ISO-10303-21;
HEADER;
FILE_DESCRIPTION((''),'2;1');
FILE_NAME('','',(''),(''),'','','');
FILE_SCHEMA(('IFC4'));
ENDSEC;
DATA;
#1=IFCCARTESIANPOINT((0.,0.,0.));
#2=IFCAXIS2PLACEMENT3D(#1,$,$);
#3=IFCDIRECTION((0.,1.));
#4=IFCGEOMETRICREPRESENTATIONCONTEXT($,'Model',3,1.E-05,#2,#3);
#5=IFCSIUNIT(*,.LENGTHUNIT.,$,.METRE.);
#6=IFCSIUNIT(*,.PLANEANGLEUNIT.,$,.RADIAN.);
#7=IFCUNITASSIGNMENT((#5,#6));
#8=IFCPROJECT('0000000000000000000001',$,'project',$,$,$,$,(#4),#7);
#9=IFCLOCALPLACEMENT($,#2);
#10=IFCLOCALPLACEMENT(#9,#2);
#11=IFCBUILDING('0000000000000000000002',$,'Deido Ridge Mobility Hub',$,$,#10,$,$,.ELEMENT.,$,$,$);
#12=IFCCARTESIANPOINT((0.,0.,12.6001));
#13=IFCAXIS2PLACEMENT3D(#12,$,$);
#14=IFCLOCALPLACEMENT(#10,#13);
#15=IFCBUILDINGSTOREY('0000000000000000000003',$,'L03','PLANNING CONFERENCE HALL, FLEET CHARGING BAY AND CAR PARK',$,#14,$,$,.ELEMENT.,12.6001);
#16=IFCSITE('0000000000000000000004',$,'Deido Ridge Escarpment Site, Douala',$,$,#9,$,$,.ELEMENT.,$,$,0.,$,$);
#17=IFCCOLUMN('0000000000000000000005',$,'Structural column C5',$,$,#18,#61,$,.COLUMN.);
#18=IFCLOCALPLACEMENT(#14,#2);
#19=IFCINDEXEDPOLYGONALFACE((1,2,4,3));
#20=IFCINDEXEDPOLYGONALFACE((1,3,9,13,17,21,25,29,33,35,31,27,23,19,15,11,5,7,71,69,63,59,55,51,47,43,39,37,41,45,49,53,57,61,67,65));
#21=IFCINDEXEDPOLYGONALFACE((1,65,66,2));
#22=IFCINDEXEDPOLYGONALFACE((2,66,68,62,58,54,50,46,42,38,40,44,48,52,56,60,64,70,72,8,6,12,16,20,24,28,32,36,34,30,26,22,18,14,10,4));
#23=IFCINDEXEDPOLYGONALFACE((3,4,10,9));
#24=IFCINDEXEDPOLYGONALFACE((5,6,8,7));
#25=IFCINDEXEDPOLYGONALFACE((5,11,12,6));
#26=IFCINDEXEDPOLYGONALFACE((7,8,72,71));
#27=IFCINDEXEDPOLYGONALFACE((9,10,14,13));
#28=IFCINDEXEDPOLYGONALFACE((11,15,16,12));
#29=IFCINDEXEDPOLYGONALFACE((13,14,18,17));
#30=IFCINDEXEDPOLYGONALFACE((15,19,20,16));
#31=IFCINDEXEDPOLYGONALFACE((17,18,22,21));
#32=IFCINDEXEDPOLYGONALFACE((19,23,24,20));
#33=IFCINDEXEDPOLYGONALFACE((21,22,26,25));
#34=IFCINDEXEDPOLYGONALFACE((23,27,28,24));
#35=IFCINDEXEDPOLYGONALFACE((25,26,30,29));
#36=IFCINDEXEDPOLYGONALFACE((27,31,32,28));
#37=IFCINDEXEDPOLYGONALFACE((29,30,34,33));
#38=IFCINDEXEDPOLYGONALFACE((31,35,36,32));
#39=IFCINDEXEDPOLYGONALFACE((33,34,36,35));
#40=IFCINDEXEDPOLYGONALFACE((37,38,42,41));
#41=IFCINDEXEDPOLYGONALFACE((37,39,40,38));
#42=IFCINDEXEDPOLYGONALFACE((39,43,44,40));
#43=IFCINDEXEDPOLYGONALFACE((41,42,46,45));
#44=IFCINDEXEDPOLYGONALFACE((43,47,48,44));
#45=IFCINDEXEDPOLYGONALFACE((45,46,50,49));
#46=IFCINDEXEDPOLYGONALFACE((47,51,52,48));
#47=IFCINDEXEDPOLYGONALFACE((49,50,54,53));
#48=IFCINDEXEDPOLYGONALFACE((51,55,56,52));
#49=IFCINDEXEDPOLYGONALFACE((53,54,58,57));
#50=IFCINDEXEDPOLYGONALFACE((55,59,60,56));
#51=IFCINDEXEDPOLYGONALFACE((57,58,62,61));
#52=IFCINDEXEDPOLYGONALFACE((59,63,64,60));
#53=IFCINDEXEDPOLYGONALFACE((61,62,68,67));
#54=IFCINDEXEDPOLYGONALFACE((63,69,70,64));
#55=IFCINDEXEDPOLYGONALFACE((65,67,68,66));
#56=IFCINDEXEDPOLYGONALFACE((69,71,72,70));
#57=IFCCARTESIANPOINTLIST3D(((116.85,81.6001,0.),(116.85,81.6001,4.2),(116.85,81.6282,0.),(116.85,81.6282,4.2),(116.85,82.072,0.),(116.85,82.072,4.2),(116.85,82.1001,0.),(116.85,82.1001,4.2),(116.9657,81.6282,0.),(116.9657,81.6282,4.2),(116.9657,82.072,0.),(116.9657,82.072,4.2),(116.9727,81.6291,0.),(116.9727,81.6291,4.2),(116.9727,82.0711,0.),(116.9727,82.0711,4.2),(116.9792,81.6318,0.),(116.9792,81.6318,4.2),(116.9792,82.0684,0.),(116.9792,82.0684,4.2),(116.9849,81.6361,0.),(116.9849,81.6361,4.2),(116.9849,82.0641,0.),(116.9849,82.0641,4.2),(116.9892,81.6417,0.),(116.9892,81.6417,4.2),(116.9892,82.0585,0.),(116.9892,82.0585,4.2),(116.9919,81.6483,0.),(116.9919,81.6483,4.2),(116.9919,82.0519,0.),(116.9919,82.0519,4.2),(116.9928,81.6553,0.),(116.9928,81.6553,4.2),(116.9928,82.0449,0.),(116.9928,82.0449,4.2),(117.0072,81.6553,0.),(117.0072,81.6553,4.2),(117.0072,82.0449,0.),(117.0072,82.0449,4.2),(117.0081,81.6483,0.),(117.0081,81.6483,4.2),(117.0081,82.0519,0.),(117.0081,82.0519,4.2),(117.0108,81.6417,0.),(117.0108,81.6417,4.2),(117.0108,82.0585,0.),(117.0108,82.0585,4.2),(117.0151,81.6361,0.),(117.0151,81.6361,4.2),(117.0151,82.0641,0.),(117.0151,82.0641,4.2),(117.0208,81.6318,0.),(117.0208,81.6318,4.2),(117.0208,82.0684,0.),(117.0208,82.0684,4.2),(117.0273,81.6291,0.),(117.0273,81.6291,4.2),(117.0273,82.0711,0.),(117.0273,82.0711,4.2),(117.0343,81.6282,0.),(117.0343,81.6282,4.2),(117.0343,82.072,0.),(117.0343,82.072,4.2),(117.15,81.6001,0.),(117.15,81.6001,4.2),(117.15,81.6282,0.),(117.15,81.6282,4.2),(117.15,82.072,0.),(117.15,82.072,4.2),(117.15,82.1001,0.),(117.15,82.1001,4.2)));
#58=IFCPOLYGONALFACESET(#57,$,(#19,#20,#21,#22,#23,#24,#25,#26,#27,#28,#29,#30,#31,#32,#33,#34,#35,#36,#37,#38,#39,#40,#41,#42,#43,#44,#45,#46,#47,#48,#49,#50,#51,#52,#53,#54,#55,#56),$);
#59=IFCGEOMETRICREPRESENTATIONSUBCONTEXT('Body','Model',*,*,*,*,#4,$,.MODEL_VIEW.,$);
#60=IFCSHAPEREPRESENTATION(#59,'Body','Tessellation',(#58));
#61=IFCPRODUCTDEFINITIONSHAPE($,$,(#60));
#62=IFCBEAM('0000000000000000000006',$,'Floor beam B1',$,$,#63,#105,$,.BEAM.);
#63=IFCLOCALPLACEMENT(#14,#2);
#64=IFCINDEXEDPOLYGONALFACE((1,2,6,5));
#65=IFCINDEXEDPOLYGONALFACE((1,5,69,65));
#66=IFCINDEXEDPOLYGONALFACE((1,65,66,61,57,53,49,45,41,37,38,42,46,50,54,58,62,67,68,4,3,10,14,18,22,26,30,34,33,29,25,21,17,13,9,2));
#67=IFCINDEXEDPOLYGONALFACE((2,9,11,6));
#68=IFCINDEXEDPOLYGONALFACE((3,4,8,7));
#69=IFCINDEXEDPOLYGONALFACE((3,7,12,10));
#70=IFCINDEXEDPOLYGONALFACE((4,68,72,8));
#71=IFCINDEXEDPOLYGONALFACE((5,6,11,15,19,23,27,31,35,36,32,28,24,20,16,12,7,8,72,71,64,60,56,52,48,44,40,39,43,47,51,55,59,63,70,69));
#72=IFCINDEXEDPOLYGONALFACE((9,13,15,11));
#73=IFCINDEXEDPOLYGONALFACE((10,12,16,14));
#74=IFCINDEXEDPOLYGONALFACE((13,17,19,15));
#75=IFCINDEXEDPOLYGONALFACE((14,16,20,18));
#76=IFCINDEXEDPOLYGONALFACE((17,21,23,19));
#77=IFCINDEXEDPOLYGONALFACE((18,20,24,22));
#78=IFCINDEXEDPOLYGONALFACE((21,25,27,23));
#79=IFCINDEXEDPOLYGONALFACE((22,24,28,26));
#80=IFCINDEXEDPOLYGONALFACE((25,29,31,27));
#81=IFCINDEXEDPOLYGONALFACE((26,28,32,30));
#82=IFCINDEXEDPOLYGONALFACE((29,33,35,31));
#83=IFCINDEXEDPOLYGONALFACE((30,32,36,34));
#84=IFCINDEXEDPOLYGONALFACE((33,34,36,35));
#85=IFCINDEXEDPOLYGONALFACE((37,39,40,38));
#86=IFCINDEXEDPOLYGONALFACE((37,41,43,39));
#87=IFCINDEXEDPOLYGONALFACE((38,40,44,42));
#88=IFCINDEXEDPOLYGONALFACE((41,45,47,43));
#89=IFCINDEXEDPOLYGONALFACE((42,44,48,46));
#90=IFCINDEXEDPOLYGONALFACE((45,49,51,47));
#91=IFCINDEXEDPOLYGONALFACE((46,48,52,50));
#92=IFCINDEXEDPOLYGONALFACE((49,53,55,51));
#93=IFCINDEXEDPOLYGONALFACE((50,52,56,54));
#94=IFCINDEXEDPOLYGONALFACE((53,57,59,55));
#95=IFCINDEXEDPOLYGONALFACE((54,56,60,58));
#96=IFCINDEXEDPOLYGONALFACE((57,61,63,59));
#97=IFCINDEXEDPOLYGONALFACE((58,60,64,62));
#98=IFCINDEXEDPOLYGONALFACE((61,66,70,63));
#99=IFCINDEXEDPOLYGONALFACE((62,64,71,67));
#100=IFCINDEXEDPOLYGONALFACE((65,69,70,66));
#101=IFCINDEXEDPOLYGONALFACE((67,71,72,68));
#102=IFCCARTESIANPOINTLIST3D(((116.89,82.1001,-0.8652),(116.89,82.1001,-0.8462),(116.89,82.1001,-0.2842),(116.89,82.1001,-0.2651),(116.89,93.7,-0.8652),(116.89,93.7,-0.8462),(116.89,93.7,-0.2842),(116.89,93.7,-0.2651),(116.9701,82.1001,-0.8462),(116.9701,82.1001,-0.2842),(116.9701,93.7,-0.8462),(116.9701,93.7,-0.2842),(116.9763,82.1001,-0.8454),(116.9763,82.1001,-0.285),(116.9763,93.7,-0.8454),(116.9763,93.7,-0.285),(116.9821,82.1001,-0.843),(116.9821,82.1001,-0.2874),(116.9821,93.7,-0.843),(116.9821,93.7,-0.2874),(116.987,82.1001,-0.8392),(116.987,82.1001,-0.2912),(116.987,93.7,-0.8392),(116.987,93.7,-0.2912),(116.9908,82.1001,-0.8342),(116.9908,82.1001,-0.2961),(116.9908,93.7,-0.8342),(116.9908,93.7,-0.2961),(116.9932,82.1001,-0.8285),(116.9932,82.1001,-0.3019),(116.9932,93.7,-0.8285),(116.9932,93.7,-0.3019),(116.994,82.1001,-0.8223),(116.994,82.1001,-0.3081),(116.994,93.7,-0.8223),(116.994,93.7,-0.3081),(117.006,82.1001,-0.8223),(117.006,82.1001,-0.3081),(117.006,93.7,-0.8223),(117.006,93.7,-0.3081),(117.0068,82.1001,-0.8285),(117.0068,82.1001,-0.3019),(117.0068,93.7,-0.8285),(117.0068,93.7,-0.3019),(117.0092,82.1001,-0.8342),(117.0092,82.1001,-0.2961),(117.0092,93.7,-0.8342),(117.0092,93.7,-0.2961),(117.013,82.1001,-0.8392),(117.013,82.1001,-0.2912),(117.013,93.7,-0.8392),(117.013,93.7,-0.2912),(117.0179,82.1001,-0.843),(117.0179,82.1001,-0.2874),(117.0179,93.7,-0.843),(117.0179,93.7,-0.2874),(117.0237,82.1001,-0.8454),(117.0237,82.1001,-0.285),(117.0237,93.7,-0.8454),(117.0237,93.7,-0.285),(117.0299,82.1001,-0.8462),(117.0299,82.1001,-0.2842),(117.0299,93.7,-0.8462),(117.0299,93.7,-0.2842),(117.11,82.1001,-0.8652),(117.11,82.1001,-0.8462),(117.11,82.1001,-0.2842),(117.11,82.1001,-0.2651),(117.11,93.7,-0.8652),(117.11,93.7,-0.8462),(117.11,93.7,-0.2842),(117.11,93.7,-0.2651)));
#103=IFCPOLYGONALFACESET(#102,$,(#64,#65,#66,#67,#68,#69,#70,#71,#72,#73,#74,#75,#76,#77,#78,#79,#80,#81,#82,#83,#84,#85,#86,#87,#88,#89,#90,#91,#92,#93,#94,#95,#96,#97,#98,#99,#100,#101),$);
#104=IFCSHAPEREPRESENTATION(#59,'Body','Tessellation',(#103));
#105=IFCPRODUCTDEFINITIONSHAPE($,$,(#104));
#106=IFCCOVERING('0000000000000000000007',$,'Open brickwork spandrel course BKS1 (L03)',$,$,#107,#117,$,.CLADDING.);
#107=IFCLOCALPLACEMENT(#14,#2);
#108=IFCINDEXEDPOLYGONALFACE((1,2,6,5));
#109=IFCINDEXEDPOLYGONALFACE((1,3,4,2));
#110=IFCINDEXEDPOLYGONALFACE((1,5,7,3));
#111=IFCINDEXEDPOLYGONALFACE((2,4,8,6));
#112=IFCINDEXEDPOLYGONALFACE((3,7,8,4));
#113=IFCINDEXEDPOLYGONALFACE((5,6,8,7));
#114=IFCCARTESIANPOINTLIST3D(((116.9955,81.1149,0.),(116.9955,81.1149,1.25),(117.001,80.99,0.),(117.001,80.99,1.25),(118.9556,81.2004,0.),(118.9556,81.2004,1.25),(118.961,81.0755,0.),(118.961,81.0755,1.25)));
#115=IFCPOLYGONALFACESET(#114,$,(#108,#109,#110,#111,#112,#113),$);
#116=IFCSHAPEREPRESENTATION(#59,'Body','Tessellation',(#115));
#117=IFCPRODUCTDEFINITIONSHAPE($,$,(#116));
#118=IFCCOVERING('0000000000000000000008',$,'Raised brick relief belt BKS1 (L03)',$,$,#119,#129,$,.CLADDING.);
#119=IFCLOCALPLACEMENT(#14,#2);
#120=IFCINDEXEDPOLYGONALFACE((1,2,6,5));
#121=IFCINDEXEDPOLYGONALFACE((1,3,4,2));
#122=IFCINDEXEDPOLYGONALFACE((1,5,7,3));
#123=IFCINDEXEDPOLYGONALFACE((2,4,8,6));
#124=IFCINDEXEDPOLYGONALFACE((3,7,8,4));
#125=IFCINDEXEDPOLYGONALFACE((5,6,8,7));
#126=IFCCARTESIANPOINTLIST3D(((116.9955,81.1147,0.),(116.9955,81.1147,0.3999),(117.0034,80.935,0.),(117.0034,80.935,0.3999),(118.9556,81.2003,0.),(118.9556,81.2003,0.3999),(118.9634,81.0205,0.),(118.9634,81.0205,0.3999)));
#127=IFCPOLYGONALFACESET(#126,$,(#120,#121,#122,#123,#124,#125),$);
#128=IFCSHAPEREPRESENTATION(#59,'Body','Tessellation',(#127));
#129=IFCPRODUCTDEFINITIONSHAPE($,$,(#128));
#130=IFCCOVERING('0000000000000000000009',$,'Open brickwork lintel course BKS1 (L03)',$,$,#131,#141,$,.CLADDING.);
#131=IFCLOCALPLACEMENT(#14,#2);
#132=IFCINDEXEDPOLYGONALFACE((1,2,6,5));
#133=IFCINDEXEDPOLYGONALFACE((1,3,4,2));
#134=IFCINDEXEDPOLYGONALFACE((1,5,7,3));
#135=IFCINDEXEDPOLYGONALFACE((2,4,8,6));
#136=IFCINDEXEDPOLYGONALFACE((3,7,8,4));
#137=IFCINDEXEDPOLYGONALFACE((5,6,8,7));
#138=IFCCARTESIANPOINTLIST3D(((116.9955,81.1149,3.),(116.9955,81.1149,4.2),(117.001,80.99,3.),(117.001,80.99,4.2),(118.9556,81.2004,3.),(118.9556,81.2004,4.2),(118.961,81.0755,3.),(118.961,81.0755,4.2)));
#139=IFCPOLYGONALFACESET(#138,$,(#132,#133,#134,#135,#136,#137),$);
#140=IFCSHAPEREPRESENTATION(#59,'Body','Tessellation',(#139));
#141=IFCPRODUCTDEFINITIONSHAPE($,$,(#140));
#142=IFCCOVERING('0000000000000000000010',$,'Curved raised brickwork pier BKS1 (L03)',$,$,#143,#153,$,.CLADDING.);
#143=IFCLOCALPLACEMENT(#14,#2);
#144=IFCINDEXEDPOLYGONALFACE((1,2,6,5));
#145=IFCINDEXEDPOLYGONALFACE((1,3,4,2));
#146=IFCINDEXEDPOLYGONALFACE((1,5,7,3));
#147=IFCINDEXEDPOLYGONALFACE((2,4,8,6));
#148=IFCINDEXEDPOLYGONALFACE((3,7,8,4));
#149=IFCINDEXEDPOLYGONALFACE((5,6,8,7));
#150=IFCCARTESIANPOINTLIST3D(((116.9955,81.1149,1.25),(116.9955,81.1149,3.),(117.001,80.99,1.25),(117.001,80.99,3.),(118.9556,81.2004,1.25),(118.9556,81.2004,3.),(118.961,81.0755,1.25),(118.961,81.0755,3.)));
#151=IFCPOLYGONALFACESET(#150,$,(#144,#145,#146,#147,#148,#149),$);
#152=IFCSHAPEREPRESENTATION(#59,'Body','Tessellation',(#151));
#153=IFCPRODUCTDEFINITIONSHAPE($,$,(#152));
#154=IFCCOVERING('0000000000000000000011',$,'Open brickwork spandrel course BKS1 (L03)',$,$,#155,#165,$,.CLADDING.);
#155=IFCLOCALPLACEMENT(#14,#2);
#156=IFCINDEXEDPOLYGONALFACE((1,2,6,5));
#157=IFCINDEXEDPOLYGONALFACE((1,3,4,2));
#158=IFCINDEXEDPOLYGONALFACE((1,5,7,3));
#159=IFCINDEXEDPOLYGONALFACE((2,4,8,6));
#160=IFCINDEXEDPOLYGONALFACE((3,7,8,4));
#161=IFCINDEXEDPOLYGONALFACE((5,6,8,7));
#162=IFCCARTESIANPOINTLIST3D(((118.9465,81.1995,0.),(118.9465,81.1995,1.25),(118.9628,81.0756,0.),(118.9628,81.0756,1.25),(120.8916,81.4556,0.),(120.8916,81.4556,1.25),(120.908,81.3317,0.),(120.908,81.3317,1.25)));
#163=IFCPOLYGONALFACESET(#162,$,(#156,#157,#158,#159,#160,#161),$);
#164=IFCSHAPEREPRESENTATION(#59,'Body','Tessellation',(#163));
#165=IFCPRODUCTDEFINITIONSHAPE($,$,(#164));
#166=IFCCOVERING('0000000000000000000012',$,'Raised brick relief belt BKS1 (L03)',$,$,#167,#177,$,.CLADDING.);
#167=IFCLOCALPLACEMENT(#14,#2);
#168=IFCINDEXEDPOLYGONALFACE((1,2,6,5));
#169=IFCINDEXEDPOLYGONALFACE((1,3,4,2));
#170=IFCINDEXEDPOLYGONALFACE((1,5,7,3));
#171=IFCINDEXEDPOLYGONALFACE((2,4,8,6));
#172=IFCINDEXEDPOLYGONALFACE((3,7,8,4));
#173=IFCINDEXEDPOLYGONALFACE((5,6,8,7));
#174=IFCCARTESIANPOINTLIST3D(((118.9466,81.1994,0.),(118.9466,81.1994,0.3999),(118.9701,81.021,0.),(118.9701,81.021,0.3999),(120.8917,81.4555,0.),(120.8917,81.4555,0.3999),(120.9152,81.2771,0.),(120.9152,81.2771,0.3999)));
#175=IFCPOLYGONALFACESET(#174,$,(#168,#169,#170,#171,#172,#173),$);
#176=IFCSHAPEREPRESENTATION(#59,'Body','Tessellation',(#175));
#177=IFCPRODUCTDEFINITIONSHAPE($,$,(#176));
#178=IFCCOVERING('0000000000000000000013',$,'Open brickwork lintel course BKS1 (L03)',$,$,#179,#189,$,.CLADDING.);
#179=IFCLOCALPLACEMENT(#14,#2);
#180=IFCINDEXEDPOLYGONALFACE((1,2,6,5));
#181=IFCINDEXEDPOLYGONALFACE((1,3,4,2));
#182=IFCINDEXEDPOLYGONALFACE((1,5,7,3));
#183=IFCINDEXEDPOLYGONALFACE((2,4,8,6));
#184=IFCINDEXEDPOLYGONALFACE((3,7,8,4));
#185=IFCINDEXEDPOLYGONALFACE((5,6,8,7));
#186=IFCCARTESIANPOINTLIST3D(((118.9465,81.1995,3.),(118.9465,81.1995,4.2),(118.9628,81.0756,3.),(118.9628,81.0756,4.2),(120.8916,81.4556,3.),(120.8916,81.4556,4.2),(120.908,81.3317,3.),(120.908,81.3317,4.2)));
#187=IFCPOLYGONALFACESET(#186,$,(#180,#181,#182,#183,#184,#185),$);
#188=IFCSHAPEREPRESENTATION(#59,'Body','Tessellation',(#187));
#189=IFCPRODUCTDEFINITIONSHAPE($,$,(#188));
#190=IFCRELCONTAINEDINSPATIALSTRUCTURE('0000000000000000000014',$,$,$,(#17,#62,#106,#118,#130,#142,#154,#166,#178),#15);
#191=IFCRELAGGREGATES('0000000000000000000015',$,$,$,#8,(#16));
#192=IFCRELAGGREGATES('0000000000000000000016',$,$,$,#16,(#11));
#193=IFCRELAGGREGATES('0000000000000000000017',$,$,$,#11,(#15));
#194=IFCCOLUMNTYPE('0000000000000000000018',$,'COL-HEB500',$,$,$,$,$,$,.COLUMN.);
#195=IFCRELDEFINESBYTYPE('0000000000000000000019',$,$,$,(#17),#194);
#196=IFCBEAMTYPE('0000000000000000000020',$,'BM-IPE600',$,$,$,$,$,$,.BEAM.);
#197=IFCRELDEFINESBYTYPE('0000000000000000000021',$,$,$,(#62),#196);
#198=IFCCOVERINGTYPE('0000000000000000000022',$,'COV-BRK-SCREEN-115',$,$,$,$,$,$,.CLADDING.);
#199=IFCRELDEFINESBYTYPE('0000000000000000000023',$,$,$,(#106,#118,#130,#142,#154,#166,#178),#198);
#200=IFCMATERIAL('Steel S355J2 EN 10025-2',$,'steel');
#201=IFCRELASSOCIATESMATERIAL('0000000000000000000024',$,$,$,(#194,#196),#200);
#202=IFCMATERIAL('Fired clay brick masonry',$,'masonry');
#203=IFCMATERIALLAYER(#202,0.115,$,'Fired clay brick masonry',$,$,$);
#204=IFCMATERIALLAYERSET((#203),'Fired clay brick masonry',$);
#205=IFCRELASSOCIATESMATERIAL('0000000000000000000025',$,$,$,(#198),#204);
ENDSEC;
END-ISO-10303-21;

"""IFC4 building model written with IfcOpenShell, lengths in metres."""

from ifc_helpers import new_model, si_unit, direction, frame, origin, origin_2d, place, context, subcontext, project, spatial, rectangle, i_section, extrude, material, layer, layer_set, material_profile, profile_set, type_object, element, save


model = new_model("IFC4")

# Units and contexts
model_context = context("Model", 3, precision=1e-05, world=origin(), true_north=direction((0.0, 1.0)))
body_context = subcontext(model_context, "Body", "Model", "MODEL_VIEW")
ifc_project = project(units=[si_unit("LENGTHUNIT", "METRE"), si_unit("PLANEANGLEUNIT", "RADIAN")], contexts=[model_context])

# Site, building, storey
site_placement = place(None, origin())
site = spatial("IfcSite", under=ifc_project, at=site_placement, Name="Deido Ridge Escarpment Site, Douala", CompositionType="ELEMENT", RefElevation=0.0)
building_placement = place(site_placement, origin())
building = spatial("IfcBuilding", under=site, at=building_placement, Name="Deido Ridge Mobility Hub", CompositionType="ELEMENT")
storey_placement = place(building_placement, frame((0.0, 0.0, 12.6001)))
storey = spatial("IfcBuildingStorey", under=building, at=storey_placement, Name="L03", Description="PLANNING CONFERENCE HALL, FLEET CHARGING BAY AND CAR PARK", CompositionType="ELEMENT", Elevation=12.6001)

# Column
ifc_material_1 = material(Name="Steel S355J2 EN 10025-2", Category="steel")
ifc_material_profile_1 = material_profile(ifc_material_1, i_section(OverallWidth=0.3, OverallDepth=0.5, WebThickness=0.0144, FlangeThickness=0.0281, FilletRadius=0.0271, at=origin_2d()), Name="HEB 500")
ifc_profile_set_1 = profile_set([ifc_material_profile_1], Name="Steel S355J2 EN 10025-2")
column_type = type_object("IfcColumnType", Name="COL-HEB500", PredefinedType="COLUMN", material=ifc_profile_set_1)
column_placement = place(storey_placement, frame((117.0, 81.8501, 0.0), z_axis=(0.0, 0.0, 1.0), x_axis=(1.0, 0.0, 0.0)))
element("IfcColumn", 1, at=column_placement, inside=storey, type_object=column_type, Name="Structural column C5", PredefinedType="COLUMN", context=body_context, shape_type="SweptSolid", body=[
    extrude(i_section(OverallWidth=0.3, OverallDepth=0.5, WebThickness=0.0144, FlangeThickness=0.0281, FilletRadius=0.0271, at=origin_2d()), origin(), (0.0, 0.0, 1.0), 4.2),
])

# Beam
ifc_material_profile_2 = material_profile(ifc_material_1, i_section(OverallWidth=0.22, OverallDepth=0.6001, WebThickness=0.012, FlangeThickness=0.019, FilletRadius=0.0239, at=origin_2d()), Name="IPE 600")
ifc_profile_set_2 = profile_set([ifc_material_profile_2], Name="Steel S355J2 EN 10025-2")
beam_type = type_object("IfcBeamType", Name="BM-IPE600", PredefinedType="BEAM", material=ifc_profile_set_2)
beam_placement = place(storey_placement, frame((117.0, 82.1001, -0.5652), z_axis=(0.0, 1.0, 0.0), x_axis=(-1.0, 0.0, 0.0)))
element("IfcBeam", 2, at=beam_placement, inside=storey, type_object=beam_type, Name="Floor beam B1", PredefinedType="BEAM", context=body_context, shape_type="SweptSolid", body=[
    extrude(i_section(OverallWidth=0.22, OverallDepth=0.6001, WebThickness=0.012, FlangeThickness=0.019, FilletRadius=0.0239, at=origin_2d()), origin(), (0.0, 0.0, 1.0), 11.5999),
])

# Coverings
ifc_material_2 = material(Name="Fired clay brick masonry", Category="masonry")
ifc_layer = layer(ifc_material_2, 0.115, Name="Fired clay brick masonry")
ifc_layer_set = layer_set([ifc_layer], Name="Fired clay brick masonry")
covering_type = type_object("IfcCoveringType", Name="COV-BRK-SCREEN-115", PredefinedType="CLADDING", material=ifc_layer_set)
covering_1_placement = place(storey_placement, frame((117.9783, 81.0952, 0.0), z_axis=(0.0, 0.0, 1.0), x_axis=(0.999049, 0.043602, 0.0)))
element("IfcCovering", 3, at=covering_1_placement, inside=storey, type_object=covering_type, Name="Open brickwork spandrel course BKS1 (L03)", PredefinedType="CLADDING", context=body_context, shape_type="SweptSolid", body=[
    extrude(rectangle(XDim=1.9619, YDim=0.125, at=origin_2d()), origin(), (0.0, 0.0, 1.0), 1.25),
])
covering_2_placement = place(storey_placement, frame((117.9795, 81.0676, 0.0), z_axis=(0.0, 0.0, 1.0), x_axis=(0.999049, 0.043602, 0.0)))
element("IfcCovering", 4, at=covering_2_placement, inside=storey, type_object=covering_type, Name="Raised brick relief belt BKS1 (L03)", PredefinedType="CLADDING", context=body_context, shape_type="SweptSolid", body=[
    extrude(rectangle(XDim=1.9619, YDim=0.1799, at=origin_2d()), origin(), (0.0, 0.0, 1.0), 0.3999),
])
covering_3_placement = place(storey_placement, frame((117.9783, 81.0952, 3.0), z_axis=(0.0, 0.0, 1.0), x_axis=(0.999049, 0.043602, 0.0)))
element("IfcCovering", 5, at=covering_3_placement, inside=storey, type_object=covering_type, Name="Open brickwork lintel course BKS1 (L03)", PredefinedType="CLADDING", context=body_context, shape_type="SweptSolid", body=[
    extrude(rectangle(XDim=1.9619, YDim=0.125, at=origin_2d()), origin(), (0.0, 0.0, 1.0), 1.2),
])
covering_4_placement = place(storey_placement, frame((117.9783, 81.0952, 1.25), z_axis=(0.0, 0.0, 1.0), x_axis=(0.999049, 0.043602, 0.0)))
element("IfcCovering", 6, at=covering_4_placement, inside=storey, type_object=covering_type, Name="Curved raised brickwork pier BKS1 (L03)", PredefinedType="CLADDING", context=body_context, shape_type="SweptSolid", body=[
    extrude(rectangle(XDim=1.9619, YDim=0.125, at=origin_2d()), origin(), (0.0, 0.0, 1.0), 1.75),
])
covering_5_placement = place(storey_placement, frame((119.9272, 81.2656, 0.0), z_axis=(0.0, 0.0, 1.0), x_axis=(0.991443, 0.130543, 0.0)))
element("IfcCovering", 7, at=covering_5_placement, inside=storey, type_object=covering_type, Name="Open brickwork spandrel course BKS1 (L03)", PredefinedType="CLADDING", context=body_context, shape_type="SweptSolid", body=[
    extrude(rectangle(XDim=1.9619, YDim=0.125, at=origin_2d()), origin(), (0.0, 0.0, 1.0), 1.25),
])
covering_6_placement = place(storey_placement, frame((119.9309, 81.2383, 0.0), z_axis=(0.0, 0.0, 1.0), x_axis=(0.991443, 0.130543, 0.0)))
element("IfcCovering", 8, at=covering_6_placement, inside=storey, type_object=covering_type, Name="Raised brick relief belt BKS1 (L03)", PredefinedType="CLADDING", context=body_context, shape_type="SweptSolid", body=[
    extrude(rectangle(XDim=1.9619, YDim=0.1799, at=origin_2d()), origin(), (0.0, 0.0, 1.0), 0.3999),
])
covering_7_placement = place(storey_placement, frame((119.9272, 81.2656, 3.0), z_axis=(0.0, 0.0, 1.0), x_axis=(0.991443, 0.130543, 0.0)))
element("IfcCovering", 9, at=covering_7_placement, inside=storey, type_object=covering_type, Name="Open brickwork lintel course BKS1 (L03)", PredefinedType="CLADDING", context=body_context, shape_type="SweptSolid", body=[
    extrude(rectangle(XDim=1.9619, YDim=0.125, at=origin_2d()), origin(), (0.0, 0.0, 1.0), 1.2),
])

save(model, "model.ifc")
